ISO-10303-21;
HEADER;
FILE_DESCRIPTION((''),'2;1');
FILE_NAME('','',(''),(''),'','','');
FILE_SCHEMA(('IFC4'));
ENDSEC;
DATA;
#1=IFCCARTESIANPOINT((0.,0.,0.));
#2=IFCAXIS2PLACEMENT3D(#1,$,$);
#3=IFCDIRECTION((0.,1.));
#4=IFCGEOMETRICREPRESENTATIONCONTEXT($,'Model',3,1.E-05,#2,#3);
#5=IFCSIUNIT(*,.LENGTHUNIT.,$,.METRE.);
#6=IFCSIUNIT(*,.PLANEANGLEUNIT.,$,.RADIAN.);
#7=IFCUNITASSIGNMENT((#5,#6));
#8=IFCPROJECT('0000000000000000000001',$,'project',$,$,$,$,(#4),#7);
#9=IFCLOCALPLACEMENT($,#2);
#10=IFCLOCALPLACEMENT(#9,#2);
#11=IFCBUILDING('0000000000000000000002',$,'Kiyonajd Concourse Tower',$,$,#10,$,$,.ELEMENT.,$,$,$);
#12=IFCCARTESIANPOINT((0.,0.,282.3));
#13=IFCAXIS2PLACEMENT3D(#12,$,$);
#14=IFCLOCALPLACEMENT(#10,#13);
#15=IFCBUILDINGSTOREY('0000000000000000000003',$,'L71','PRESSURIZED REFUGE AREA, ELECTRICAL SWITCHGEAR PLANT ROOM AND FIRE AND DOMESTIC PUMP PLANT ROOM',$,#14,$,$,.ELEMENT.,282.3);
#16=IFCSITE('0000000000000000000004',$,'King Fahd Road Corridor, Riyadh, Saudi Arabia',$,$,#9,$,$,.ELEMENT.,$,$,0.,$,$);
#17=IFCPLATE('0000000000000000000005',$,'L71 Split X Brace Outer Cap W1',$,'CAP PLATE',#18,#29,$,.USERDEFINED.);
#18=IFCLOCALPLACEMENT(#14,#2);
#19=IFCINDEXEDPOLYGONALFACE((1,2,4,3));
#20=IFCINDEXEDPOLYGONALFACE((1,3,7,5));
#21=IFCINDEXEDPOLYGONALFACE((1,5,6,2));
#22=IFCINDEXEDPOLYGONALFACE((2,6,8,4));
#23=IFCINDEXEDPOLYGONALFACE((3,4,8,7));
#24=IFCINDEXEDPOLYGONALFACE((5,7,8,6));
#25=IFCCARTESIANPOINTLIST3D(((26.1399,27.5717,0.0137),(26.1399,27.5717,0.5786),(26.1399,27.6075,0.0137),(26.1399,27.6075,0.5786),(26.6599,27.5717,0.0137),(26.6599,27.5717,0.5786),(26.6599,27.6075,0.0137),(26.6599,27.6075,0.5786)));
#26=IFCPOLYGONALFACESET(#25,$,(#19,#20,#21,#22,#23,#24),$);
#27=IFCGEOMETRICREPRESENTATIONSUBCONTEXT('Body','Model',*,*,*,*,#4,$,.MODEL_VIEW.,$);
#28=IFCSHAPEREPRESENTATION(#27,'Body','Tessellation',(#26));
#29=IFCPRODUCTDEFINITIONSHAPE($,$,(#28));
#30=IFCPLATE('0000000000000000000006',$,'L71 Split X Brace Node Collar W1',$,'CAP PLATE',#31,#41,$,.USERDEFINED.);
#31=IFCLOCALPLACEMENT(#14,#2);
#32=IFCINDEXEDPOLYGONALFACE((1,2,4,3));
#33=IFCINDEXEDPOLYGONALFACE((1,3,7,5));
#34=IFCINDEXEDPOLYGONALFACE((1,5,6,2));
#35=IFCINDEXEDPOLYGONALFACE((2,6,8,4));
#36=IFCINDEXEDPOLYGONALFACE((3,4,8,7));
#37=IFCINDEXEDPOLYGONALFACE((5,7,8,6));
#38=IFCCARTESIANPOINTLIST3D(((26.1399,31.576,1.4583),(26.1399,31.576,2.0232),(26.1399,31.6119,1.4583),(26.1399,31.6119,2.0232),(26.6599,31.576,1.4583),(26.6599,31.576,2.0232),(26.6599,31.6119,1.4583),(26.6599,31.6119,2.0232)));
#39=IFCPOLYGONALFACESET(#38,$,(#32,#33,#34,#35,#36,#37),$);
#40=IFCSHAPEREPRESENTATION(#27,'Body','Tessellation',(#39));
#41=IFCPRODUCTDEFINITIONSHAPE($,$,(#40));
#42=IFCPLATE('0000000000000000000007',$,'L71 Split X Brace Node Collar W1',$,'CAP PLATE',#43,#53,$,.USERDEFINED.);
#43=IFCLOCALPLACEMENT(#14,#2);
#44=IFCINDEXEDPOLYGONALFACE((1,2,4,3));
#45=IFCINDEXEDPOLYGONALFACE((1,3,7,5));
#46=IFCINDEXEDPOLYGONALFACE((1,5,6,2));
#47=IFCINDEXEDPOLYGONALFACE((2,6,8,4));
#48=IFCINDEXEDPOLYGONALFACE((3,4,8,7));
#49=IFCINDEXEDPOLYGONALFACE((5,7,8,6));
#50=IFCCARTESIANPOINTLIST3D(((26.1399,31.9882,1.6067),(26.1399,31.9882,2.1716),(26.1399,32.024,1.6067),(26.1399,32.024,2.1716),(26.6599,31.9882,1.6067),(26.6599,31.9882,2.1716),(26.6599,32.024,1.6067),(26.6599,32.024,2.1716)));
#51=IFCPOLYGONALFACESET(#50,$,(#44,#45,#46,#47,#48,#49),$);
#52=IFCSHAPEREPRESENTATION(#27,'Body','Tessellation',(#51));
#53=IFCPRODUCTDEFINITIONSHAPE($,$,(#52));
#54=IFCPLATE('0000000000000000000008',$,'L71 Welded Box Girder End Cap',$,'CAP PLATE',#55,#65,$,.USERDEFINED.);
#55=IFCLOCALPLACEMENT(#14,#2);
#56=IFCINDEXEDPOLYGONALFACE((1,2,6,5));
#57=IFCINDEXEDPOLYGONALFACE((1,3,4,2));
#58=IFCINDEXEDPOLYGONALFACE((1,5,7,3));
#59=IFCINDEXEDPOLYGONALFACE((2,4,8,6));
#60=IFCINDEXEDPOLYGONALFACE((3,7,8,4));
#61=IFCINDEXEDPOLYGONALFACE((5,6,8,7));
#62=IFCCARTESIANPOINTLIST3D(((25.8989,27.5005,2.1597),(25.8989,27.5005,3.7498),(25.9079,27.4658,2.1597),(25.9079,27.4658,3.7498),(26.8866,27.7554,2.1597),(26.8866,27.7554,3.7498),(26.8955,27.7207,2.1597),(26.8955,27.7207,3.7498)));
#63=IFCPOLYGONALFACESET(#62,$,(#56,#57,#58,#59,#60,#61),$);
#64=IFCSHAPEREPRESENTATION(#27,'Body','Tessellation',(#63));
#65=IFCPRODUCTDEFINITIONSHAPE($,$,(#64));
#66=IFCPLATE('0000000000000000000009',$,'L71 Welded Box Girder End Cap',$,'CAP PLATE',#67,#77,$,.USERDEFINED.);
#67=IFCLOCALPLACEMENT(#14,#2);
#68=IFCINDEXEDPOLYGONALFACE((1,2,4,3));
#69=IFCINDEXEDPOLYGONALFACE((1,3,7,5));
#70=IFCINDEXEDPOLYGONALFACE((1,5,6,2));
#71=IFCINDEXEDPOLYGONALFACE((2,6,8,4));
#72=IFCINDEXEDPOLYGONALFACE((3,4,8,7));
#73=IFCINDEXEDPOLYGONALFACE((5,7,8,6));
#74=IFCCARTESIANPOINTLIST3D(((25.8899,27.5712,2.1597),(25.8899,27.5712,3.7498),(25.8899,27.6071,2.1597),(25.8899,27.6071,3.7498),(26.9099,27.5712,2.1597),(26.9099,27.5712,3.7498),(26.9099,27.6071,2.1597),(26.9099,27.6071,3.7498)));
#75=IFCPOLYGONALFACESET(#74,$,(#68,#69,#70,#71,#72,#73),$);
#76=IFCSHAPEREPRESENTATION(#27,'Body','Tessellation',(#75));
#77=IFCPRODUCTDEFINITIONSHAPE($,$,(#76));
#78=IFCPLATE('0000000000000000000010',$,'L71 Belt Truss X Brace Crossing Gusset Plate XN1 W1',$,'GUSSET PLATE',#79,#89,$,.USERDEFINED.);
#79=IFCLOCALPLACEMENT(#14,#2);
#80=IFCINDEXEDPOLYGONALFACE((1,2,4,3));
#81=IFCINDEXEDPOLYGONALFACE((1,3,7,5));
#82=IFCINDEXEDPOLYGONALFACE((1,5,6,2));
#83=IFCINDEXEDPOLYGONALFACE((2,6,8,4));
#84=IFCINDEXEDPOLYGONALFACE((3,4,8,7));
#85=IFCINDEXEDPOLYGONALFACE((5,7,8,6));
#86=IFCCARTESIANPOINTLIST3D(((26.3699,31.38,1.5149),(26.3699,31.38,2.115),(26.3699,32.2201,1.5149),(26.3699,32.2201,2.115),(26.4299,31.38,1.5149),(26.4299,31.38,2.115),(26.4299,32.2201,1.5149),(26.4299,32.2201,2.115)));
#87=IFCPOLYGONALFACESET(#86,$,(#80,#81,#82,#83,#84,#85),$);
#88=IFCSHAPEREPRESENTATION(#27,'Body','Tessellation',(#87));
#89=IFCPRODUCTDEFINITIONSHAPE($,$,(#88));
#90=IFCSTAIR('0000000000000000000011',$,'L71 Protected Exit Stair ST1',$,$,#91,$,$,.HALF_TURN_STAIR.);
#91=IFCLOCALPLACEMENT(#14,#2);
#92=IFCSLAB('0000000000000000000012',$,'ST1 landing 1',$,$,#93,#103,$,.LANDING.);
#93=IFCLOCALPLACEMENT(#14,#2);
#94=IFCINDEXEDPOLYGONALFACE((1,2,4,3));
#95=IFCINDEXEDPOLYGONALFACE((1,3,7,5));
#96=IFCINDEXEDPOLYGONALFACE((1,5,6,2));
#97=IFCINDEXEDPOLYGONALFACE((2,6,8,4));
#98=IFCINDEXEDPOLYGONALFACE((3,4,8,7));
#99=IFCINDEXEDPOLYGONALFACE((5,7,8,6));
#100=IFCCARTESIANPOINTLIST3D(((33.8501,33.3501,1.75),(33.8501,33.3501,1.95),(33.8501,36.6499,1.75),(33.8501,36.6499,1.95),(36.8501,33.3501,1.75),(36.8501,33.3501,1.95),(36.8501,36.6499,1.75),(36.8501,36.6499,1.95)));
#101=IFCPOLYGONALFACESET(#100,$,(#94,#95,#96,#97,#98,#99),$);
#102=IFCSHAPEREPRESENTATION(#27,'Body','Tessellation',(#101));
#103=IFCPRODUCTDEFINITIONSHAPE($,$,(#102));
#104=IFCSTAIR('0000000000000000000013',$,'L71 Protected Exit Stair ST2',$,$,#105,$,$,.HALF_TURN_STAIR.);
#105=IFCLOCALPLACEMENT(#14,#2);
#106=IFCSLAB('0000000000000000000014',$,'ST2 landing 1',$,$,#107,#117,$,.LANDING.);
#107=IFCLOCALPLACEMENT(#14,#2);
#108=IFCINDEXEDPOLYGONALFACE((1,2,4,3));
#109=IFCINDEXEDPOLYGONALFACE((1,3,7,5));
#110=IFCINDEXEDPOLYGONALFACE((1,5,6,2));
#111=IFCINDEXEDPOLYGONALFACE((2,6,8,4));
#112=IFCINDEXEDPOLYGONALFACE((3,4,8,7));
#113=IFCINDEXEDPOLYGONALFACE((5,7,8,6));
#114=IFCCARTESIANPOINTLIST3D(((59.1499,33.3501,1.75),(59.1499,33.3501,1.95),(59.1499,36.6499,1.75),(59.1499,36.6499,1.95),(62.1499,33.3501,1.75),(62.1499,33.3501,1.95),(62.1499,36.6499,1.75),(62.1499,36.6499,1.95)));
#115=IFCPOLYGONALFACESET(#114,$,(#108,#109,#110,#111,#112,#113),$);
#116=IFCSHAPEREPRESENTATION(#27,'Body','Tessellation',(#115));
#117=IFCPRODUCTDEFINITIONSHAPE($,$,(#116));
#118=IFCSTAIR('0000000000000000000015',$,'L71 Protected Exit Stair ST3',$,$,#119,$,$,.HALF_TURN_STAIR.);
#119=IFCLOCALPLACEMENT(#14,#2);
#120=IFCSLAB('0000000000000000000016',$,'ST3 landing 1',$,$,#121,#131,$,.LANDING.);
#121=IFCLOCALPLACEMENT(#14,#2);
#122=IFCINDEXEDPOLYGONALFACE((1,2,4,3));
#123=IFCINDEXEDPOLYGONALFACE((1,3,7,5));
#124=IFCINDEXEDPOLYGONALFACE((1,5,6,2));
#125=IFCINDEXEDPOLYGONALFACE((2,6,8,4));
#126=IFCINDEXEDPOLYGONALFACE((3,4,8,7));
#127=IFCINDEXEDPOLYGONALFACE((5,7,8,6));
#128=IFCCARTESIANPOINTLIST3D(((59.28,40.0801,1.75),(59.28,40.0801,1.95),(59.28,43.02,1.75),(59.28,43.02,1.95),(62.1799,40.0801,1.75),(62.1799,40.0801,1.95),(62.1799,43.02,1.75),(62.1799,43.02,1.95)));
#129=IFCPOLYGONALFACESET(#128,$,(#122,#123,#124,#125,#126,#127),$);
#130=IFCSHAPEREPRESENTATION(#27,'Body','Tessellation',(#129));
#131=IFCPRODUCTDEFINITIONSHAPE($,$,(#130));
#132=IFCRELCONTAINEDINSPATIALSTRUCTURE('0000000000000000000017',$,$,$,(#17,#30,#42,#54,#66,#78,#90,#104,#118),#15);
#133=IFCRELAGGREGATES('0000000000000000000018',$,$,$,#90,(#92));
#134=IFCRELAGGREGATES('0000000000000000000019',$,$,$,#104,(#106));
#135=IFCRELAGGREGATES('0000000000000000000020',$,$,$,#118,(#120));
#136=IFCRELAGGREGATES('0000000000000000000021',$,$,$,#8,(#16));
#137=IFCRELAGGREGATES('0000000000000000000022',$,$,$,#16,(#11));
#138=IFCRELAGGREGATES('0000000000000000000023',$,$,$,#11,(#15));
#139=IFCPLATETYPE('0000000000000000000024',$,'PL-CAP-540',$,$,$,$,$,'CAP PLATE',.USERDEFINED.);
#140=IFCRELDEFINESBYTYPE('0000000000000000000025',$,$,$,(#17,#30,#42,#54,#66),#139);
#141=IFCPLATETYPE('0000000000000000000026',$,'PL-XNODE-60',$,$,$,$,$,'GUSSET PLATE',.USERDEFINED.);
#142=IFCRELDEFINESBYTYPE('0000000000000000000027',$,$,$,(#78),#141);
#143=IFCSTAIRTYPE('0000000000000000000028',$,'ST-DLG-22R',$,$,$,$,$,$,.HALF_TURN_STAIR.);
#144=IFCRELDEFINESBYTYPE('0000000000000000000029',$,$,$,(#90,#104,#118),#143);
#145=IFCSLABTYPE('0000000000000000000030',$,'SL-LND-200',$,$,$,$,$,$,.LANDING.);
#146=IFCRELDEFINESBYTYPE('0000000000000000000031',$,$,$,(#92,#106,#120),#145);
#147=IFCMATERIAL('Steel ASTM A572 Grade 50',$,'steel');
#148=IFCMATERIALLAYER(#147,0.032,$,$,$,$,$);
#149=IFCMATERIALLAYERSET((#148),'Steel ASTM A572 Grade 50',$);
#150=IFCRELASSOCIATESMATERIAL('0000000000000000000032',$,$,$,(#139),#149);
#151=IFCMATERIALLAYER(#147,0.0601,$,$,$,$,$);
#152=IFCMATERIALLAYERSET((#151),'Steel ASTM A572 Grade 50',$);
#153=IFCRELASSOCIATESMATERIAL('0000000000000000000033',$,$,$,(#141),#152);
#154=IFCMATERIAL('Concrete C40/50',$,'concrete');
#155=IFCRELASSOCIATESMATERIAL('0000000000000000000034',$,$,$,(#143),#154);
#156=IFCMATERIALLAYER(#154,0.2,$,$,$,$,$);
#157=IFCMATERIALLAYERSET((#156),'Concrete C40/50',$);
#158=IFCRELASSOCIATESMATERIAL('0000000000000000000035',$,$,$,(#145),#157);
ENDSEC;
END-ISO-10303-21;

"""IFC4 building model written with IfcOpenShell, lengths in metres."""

from ifc_helpers import new_model, si_unit, direction, frame, origin, origin_2d, place, context, subcontext, project, spatial, polyline, rectangle, outline, extrude, material, layer, layer_set, type_object, element, aggregate, save


model = new_model("IFC4")

# Units and contexts
model_context = context("Model", 3, precision=1e-05, world=origin(), true_north=direction((0.0, 1.0)))
body_context = subcontext(model_context, "Body", "Model", "MODEL_VIEW")
ifc_project = project(units=[si_unit("LENGTHUNIT", "METRE"), si_unit("PLANEANGLEUNIT", "RADIAN")], contexts=[model_context])

# Site, building, storey
site_placement = place(None, origin())
site = spatial("IfcSite", under=ifc_project, at=site_placement, Name="King Fahd Road Corridor, Riyadh, Saudi Arabia", CompositionType="ELEMENT", RefElevation=0.0)
building_placement = place(site_placement, origin())
building = spatial("IfcBuilding", under=site, at=building_placement, Name="Kiyonajd Concourse Tower", CompositionType="ELEMENT")
storey_placement = place(building_placement, frame((0.0, 0.0, 282.3)))
storey = spatial("IfcBuildingStorey", under=building, at=storey_placement, Name="L71", Description="PRESSURIZED REFUGE AREA, ELECTRICAL SWITCHGEAR PLANT ROOM AND FIRE AND DOMESTIC PUMP PLANT ROOM", CompositionType="ELEMENT", Elevation=282.3)

# Shared definitions
ifc_material_1 = material(Name="Steel ASTM A572 Grade 50", Category="steel")

# Plates
ifc_layer_1 = layer(ifc_material_1, 0.032)
ifc_layer_set_1 = layer_set([ifc_layer_1], Name="Steel ASTM A572 Grade 50")
plate_type_1 = type_object("IfcPlateType", Name="PL-CAP-540", ElementType="CAP PLATE", PredefinedType="USERDEFINED", material=ifc_layer_set_1)
for number, where, z_axis, x_axis, name in (
    (1, (26.3999, 27.5896, 0.0137), (0.0, 0.0, 1.0), (0.0, -1.0, 0.0), "L71 Split X Brace Outer Cap W1"),
    (2, (26.3999, 31.594, 1.4583), (0.0, 0.0, 1.0), (0.0, 1.0, 0.0), "L71 Split X Brace Node Collar W1"),
    (3, (26.3999, 32.0061, 1.6067), (0.0, 0.0, 1.0), (0.0, -1.0, 0.0), "L71 Split X Brace Node Collar W1"),
):
    element("IfcPlate", number, at=place(storey_placement, frame(where, z_axis=z_axis, x_axis=x_axis)), inside=storey, type_object=plate_type_1, Name=name, ObjectType="CAP PLATE", PredefinedType="USERDEFINED", context=body_context, shape_type="SweptSolid", body=[
        extrude(rectangle(XDim=0.0359, YDim=0.52, at=origin_2d()), origin(), (0.0, 0.0, 1.0), 0.5649),
    ])
for number, where, z_axis, x_axis, name in (
    (4, (26.3972, 27.6106, 2.1597), (0.0, 0.0, 1.0), (-0.249873, 0.968279, 0.0), "L71 Welded Box Girder End Cap"),
    (5, (26.3999, 27.5891, 2.1597), (0.0, 0.0, 1.0), (0.0, -1.0, 0.0), "L71 Welded Box Girder End Cap"),
):
    element("IfcPlate", number, at=place(storey_placement, frame(where, z_axis=z_axis, x_axis=x_axis)), inside=storey, type_object=plate_type_1, Name=name, ObjectType="CAP PLATE", PredefinedType="USERDEFINED", context=body_context, shape_type="SweptSolid", body=[
        extrude(rectangle(XDim=0.0359, YDim=1.02, at=origin_2d()), origin(), (0.0, 0.0, 1.0), 1.5901),
    ])
ifc_layer_2 = layer(ifc_material_1, 0.0601)
ifc_layer_set_2 = layer_set([ifc_layer_2], Name="Steel ASTM A572 Grade 50")
plate_type_2 = type_object("IfcPlateType", Name="PL-XNODE-60", ElementType="GUSSET PLATE", PredefinedType="USERDEFINED", material=ifc_layer_set_2)
plate_1_placement = place(storey_placement, frame((26.3999, 31.8, 1.5149), z_axis=(0.0, 0.0, 1.0), x_axis=(1.0, 0.0, 0.0)))
element("IfcPlate", 6, at=plate_1_placement, inside=storey, type_object=plate_type_2, Name="L71 Belt Truss X Brace Crossing Gusset Plate XN1 W1", ObjectType="GUSSET PLATE", PredefinedType="USERDEFINED", context=body_context, shape_type="SweptSolid", body=[
    extrude(rectangle(XDim=0.0601, YDim=0.8401, at=origin_2d()), origin(), (0.0, 0.0, 1.0), 0.6001),
])

# Stairs, slabs
ifc_material_2 = material(Name="Concrete C40/50", Category="concrete")
stair_type = type_object("IfcStairType", Name="ST-DLG-22R", PredefinedType="HALF_TURN_STAIR", material=ifc_material_2)
stair_1_placement = place(storey_placement, origin())
stair_1 = element("IfcStair", 7, at=stair_1_placement, inside=storey, type_object=stair_type, Name="L71 Protected Exit Stair ST1", PredefinedType="HALF_TURN_STAIR")
ifc_layer_3 = layer(ifc_material_2, 0.2)
ifc_layer_set_3 = layer_set([ifc_layer_3], Name="Concrete C40/50")
slab_type_1 = type_object("IfcSlabType", Name="SL-LND-200", PredefinedType="LANDING", material=ifc_layer_set_3)
slab_1_placement = place(storey_placement, frame((0.0, 0.0, 1.75)))
slab_1 = element("IfcSlab", 8, at=slab_1_placement, type_object=slab_type_1, Name="ST1 landing 1", PredefinedType="LANDING", context=body_context, shape_type="SweptSolid", body=[
    extrude(outline(polyline([(36.8501, 33.3501), (36.8501, 36.6499), (33.8501, 36.6499), (33.8501, 33.3501), (36.8501, 33.3501)])), origin(), (0.0, 0.0, 1.0), 0.2),
])
aggregate(stair_1, [slab_1])
stair_2_placement = place(storey_placement, origin())
stair_2 = element("IfcStair", 9, at=stair_2_placement, inside=storey, type_object=stair_type, Name="L71 Protected Exit Stair ST2", PredefinedType="HALF_TURN_STAIR")
slab_2_placement = place(storey_placement, frame((0.0, 0.0, 1.75)))
slab_2 = element("IfcSlab", 10, at=slab_2_placement, type_object=slab_type_1, Name="ST2 landing 1", PredefinedType="LANDING", context=body_context, shape_type="SweptSolid", body=[
    extrude(outline(polyline([(62.1499, 33.3501), (62.1499, 36.6499), (59.1499, 36.6499), (59.1499, 33.3501), (62.1499, 33.3501)])), origin(), (0.0, 0.0, 1.0), 0.2),
])
aggregate(stair_2, [slab_2])
stair_3_placement = place(storey_placement, origin())
stair_3 = element("IfcStair", 11, at=stair_3_placement, inside=storey, type_object=stair_type, Name="L71 Protected Exit Stair ST3", PredefinedType="HALF_TURN_STAIR")
slab_3_placement = place(storey_placement, frame((0.0, 0.0, 1.75)))
slab_3 = element("IfcSlab", 12, at=slab_3_placement, type_object=slab_type_1, Name="ST3 landing 1", PredefinedType="LANDING", context=body_context, shape_type="SweptSolid", body=[
    extrude(outline(polyline([(59.28, 40.0801), (62.1799, 40.0801), (62.1799, 43.02), (59.28, 43.02), (59.28, 40.0801)])), origin(), (0.0, 0.0, 1.0), 0.2),
])
aggregate(stair_3, [slab_3])

save(model, "model.ifc")
